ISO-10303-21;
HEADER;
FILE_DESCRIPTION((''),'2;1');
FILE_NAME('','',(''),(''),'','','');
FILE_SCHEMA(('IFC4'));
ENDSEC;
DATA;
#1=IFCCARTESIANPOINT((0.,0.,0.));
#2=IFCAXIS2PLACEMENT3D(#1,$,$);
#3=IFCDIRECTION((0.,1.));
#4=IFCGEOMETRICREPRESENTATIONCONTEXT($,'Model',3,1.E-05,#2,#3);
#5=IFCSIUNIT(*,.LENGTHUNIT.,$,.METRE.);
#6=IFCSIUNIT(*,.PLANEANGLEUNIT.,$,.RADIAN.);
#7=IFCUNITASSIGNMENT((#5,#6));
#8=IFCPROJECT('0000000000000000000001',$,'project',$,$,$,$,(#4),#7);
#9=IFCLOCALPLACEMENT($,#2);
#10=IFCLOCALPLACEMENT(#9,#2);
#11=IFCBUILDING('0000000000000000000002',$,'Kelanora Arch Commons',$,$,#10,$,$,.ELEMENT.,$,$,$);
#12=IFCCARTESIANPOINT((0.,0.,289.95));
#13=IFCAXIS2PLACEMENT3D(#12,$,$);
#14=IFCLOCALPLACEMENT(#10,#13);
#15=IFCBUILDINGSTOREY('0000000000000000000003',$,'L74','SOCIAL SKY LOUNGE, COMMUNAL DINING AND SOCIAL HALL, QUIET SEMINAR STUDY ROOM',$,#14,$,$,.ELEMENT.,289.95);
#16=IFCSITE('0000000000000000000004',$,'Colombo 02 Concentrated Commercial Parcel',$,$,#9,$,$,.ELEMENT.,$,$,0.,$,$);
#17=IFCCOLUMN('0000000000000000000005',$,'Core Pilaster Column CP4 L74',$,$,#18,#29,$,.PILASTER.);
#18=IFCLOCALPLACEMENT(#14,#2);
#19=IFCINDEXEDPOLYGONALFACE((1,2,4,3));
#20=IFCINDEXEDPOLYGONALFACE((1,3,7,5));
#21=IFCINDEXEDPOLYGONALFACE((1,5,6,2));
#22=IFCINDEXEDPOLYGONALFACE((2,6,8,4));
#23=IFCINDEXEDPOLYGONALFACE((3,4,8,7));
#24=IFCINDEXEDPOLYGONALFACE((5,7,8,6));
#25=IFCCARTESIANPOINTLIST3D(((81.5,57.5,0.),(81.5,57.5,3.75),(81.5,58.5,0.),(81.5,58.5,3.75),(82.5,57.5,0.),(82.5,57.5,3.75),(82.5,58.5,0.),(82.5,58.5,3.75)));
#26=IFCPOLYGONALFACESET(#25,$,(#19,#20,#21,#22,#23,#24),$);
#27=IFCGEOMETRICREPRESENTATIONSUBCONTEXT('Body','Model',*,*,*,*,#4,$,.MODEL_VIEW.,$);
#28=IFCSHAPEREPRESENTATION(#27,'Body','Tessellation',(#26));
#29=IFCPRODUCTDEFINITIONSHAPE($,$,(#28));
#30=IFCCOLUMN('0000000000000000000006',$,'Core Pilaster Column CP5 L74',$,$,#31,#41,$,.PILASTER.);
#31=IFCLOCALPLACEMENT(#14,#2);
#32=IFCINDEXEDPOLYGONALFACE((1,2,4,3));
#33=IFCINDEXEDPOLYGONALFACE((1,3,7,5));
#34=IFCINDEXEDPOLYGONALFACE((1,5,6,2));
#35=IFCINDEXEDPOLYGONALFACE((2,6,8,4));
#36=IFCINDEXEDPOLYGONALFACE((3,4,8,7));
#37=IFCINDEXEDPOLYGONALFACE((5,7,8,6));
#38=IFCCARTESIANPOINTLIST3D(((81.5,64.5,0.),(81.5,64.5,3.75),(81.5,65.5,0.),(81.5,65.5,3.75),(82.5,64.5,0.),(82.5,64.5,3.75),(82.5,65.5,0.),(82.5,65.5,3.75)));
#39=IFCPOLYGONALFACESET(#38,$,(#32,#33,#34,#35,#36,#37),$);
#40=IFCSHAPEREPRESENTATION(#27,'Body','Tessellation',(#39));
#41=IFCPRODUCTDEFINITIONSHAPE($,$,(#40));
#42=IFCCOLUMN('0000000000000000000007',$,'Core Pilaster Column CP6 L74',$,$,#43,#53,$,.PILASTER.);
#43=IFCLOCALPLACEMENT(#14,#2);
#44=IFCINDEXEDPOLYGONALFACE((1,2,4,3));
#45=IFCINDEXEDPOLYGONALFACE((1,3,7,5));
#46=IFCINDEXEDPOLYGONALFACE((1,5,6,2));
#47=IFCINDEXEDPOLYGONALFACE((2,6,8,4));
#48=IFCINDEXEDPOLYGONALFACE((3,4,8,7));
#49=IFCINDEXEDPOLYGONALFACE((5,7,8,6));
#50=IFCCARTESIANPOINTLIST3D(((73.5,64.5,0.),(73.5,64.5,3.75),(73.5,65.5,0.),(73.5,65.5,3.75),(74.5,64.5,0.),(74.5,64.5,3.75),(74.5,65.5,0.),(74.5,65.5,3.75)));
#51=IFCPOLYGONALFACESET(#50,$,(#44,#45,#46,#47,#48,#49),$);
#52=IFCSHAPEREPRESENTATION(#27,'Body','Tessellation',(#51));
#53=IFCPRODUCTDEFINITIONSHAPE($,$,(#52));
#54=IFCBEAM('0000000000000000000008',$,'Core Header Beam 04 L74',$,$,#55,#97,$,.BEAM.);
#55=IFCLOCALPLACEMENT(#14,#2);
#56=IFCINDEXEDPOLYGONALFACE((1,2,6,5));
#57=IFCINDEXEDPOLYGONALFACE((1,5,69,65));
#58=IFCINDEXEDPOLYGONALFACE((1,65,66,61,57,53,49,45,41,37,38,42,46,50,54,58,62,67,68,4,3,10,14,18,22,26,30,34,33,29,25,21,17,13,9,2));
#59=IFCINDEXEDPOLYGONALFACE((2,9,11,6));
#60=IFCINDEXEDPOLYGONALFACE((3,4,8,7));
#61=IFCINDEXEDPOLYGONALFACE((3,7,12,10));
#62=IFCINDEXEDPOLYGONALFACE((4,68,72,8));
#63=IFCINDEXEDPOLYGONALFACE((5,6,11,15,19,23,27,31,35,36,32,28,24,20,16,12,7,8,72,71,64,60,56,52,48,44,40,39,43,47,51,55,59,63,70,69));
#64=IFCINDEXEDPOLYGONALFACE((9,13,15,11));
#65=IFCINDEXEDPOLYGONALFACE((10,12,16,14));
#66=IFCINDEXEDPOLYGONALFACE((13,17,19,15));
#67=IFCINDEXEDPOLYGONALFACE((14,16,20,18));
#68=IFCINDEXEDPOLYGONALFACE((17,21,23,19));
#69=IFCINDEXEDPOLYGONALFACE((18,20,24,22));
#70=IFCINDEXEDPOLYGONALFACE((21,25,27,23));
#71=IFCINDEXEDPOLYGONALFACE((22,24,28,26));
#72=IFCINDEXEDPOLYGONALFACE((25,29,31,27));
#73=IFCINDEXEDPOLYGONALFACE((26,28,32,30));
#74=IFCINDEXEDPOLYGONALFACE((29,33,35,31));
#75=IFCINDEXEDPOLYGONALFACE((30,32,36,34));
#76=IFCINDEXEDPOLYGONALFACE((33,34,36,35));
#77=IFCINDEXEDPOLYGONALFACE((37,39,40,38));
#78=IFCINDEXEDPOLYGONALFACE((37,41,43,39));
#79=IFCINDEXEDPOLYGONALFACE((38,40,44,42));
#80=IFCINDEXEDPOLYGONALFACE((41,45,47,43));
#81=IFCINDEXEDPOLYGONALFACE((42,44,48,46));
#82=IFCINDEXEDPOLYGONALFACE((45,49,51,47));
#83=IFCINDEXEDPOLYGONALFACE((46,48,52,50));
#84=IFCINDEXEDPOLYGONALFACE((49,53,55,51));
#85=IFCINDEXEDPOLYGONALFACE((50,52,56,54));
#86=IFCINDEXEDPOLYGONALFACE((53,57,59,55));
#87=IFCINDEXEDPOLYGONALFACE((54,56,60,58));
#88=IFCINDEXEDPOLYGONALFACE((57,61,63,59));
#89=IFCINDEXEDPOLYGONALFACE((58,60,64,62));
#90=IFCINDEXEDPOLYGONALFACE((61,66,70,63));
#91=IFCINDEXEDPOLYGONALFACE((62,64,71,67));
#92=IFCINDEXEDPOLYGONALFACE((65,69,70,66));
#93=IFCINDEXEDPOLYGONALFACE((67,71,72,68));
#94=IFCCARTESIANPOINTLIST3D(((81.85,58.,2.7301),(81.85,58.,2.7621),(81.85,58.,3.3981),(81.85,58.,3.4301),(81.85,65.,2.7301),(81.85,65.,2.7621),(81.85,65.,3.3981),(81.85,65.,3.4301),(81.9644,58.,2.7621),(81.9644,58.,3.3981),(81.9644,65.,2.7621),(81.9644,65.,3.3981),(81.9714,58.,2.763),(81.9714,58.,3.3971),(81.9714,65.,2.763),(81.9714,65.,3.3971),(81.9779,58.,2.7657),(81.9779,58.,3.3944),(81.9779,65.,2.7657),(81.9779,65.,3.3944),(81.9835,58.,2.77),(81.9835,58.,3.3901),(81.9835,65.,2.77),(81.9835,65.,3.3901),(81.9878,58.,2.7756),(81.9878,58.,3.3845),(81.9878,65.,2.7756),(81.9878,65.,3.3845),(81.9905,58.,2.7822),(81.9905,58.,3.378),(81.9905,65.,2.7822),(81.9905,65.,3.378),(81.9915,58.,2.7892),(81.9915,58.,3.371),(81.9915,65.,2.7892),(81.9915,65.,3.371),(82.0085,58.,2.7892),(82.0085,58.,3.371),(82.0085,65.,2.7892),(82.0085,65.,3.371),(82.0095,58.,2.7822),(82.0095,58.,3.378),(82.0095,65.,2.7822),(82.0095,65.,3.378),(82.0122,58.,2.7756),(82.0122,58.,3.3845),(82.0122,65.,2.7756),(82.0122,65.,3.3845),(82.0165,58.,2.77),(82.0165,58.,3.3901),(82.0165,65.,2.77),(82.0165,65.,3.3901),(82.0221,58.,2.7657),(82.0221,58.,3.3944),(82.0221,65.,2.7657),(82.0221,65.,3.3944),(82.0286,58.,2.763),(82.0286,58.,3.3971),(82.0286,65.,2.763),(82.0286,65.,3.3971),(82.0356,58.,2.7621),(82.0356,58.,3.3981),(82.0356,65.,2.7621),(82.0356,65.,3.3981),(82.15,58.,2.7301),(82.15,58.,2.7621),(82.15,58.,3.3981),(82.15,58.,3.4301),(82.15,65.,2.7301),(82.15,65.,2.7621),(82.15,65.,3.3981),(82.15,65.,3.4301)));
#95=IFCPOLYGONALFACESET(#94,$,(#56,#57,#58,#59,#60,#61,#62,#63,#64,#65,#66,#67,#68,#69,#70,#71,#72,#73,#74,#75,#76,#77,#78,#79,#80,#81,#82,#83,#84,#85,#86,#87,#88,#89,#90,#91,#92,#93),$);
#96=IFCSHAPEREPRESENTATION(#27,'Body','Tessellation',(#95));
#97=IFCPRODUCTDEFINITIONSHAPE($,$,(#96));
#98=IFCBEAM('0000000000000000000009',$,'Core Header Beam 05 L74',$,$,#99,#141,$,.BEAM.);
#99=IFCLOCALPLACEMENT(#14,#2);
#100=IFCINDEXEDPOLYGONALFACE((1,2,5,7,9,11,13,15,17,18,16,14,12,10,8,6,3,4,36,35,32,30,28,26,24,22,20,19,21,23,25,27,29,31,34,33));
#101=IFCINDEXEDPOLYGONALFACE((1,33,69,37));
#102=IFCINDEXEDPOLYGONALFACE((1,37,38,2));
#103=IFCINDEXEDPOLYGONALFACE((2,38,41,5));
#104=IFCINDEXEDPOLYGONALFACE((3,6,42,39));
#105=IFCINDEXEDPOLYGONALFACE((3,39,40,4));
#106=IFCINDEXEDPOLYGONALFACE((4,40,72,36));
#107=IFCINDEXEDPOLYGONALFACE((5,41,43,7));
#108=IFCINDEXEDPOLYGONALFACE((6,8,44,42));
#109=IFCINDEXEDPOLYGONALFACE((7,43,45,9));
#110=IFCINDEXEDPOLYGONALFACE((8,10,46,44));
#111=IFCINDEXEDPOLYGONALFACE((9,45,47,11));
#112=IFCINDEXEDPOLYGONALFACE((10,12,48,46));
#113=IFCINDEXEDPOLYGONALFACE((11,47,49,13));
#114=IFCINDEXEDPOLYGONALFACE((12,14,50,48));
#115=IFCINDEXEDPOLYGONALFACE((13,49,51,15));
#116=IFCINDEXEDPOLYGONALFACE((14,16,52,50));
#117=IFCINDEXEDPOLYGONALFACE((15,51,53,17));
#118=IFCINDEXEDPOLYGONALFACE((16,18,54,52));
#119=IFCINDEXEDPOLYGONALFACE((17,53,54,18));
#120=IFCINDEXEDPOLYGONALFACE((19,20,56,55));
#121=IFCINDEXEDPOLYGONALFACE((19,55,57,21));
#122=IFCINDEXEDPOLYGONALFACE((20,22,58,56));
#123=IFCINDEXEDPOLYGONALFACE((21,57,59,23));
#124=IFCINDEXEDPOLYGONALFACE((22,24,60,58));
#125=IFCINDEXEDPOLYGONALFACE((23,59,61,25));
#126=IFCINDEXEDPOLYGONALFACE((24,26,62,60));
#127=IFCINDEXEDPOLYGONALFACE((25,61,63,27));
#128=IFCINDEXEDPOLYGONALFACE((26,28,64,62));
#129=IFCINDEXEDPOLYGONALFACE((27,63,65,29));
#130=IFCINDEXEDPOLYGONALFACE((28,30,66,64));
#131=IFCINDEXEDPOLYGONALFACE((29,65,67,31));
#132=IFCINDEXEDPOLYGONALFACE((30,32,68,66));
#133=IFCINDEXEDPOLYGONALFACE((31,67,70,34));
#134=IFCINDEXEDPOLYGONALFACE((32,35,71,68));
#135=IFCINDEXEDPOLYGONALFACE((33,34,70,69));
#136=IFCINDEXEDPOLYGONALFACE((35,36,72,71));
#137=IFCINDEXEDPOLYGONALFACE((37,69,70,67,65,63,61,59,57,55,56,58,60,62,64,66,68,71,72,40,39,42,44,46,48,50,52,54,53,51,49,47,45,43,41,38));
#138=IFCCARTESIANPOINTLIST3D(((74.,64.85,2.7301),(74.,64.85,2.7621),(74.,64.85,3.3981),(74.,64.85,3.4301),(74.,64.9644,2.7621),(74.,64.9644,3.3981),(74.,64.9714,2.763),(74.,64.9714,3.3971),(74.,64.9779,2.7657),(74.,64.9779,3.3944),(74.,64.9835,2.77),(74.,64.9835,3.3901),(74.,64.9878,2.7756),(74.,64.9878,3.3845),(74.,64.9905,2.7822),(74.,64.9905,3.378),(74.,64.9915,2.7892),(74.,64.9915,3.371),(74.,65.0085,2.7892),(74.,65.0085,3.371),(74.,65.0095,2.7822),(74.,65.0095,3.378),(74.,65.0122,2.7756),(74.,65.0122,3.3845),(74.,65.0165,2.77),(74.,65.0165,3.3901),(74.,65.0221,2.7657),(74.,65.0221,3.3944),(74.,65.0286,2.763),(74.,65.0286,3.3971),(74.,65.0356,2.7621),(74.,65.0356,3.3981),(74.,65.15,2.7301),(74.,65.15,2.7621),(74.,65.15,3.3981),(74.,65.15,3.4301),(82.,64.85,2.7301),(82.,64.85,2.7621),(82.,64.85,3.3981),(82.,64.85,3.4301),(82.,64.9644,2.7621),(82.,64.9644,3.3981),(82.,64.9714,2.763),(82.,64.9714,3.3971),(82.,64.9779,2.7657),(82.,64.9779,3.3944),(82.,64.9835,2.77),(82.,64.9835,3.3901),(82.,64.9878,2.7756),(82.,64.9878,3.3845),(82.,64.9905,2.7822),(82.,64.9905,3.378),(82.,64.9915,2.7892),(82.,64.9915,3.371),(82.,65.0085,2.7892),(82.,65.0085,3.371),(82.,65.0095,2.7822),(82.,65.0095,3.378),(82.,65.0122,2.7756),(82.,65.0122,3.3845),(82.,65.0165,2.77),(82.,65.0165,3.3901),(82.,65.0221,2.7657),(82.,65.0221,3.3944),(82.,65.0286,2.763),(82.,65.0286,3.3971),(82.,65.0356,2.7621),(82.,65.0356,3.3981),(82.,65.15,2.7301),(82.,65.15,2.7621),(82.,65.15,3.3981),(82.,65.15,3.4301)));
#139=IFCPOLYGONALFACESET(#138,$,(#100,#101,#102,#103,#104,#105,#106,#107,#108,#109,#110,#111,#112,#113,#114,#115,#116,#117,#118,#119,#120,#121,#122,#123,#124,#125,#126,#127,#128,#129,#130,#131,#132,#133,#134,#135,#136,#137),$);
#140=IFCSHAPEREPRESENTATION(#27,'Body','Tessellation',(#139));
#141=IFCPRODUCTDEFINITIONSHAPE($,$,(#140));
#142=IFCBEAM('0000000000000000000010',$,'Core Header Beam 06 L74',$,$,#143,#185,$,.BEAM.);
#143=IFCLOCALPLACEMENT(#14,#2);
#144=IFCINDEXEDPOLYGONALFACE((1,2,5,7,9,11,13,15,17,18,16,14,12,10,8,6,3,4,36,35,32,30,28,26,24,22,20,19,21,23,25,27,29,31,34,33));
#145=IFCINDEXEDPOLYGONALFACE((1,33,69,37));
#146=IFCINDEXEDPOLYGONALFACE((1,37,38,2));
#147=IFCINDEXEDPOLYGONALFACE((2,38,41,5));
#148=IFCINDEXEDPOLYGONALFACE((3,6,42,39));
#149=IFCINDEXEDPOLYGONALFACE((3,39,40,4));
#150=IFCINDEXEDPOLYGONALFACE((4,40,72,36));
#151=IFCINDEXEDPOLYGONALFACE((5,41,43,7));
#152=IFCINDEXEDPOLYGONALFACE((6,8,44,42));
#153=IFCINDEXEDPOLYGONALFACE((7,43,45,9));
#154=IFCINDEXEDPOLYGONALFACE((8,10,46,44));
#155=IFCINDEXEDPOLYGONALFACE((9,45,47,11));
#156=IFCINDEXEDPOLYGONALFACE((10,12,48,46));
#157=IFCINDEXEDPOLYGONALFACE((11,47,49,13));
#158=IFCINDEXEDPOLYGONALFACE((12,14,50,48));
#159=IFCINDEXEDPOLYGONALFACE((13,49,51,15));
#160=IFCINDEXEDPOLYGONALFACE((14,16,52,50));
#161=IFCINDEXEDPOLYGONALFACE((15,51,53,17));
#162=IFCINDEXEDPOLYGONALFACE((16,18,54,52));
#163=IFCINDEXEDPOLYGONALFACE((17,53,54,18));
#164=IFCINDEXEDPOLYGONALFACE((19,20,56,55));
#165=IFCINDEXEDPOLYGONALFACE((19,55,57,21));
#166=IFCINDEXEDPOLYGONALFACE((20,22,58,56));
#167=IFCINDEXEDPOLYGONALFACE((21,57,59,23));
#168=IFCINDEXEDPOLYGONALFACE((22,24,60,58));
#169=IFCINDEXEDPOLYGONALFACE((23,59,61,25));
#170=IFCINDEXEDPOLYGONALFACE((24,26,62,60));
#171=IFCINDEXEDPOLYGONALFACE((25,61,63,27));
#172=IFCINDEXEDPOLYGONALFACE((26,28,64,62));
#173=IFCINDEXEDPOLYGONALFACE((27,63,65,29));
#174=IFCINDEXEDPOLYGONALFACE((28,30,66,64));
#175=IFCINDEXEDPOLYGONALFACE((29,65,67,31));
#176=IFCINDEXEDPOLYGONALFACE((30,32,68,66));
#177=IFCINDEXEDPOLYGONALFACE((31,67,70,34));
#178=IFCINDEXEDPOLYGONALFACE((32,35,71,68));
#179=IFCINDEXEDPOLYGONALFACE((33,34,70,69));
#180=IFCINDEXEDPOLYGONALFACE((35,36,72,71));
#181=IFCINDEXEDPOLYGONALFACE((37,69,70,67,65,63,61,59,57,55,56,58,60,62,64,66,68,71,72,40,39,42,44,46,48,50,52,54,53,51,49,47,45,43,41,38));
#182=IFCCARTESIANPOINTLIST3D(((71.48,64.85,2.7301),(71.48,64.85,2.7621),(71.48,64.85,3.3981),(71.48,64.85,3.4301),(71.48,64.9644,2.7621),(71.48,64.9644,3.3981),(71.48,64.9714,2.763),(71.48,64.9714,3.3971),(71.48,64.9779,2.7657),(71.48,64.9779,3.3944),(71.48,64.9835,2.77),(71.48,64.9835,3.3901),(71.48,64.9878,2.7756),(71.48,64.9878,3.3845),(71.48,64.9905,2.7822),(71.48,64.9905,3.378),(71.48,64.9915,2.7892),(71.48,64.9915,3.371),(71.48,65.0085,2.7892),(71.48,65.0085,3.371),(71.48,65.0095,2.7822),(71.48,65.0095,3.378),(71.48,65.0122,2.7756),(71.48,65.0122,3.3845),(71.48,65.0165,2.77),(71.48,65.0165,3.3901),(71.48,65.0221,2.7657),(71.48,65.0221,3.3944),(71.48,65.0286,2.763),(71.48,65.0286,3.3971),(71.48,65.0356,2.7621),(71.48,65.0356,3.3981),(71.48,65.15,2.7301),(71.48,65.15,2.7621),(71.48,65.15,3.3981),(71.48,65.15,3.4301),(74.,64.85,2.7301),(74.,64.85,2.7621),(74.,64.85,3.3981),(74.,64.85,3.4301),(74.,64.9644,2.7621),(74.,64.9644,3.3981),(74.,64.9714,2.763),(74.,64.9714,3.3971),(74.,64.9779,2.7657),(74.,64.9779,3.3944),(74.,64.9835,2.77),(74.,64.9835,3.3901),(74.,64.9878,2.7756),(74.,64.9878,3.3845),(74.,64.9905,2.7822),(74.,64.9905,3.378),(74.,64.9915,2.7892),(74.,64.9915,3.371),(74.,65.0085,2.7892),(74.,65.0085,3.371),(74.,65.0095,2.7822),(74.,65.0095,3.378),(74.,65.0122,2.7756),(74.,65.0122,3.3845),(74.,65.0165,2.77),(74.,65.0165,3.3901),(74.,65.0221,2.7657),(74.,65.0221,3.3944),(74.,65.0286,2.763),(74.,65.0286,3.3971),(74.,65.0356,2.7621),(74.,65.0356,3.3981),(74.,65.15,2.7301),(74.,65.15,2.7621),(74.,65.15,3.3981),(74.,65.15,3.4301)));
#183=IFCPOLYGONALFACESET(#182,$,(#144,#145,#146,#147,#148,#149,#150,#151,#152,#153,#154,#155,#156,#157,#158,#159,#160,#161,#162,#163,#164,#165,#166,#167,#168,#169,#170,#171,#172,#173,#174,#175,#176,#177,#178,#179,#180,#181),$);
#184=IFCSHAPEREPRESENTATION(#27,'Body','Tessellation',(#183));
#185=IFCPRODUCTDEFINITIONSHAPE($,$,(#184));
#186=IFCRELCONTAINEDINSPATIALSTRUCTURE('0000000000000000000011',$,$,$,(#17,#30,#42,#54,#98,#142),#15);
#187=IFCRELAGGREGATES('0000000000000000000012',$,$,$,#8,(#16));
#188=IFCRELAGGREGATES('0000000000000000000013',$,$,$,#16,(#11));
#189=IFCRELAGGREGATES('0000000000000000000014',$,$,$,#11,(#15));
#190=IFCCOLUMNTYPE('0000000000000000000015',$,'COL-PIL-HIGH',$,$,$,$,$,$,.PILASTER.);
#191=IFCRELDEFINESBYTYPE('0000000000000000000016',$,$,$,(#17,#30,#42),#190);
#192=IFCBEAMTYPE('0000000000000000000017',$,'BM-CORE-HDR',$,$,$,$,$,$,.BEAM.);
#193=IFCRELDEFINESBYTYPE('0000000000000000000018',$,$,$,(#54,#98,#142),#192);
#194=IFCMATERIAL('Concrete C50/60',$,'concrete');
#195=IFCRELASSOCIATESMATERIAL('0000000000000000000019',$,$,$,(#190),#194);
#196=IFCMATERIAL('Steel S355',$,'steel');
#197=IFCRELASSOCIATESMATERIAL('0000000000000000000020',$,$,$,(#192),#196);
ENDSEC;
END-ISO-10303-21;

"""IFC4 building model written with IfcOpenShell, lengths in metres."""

from ifc_helpers import new_model, si_unit, direction, frame, origin, origin_2d, place, context, subcontext, project, spatial, rectangle, i_section, extrude, material, material_profile, profile_set, type_object, element, save


model = new_model("IFC4")

# Units and contexts
model_context = context("Model", 3, precision=1e-05, world=origin(), true_north=direction((0.0, 1.0)))
body_context = subcontext(model_context, "Body", "Model", "MODEL_VIEW")
ifc_project = project(units=[si_unit("LENGTHUNIT", "METRE"), si_unit("PLANEANGLEUNIT", "RADIAN")], contexts=[model_context])

# Site, building, storey
site_placement = place(None, origin())
site = spatial("IfcSite", under=ifc_project, at=site_placement, Name="Colombo 02 Concentrated Commercial Parcel", CompositionType="ELEMENT", RefElevation=0.0)
building_placement = place(site_placement, origin())
building = spatial("IfcBuilding", under=site, at=building_placement, Name="Kelanora Arch Commons", CompositionType="ELEMENT")
storey_placement = place(building_placement, frame((0.0, 0.0, 289.95)))
storey = spatial("IfcBuildingStorey", under=building, at=storey_placement, Name="L74", Description="SOCIAL SKY LOUNGE, COMMUNAL DINING AND SOCIAL HALL, QUIET SEMINAR STUDY ROOM", CompositionType="ELEMENT", Elevation=289.95)

# Columns
ifc_material_1 = material(Name="Concrete C50/60", Category="concrete")
ifc_material_profile_1 = material_profile(ifc_material_1, rectangle(XDim=1.0, YDim=1.0, at=origin_2d()), Name="RC1000x1000")
ifc_profile_set_1 = profile_set([ifc_material_profile_1], Name="Concrete C50/60")
column_type = type_object("IfcColumnType", Name="COL-PIL-HIGH", PredefinedType="PILASTER", material=ifc_profile_set_1)
for number, where, z_axis, x_axis, name in (
    (1, (82.0, 58.0, 0.0), (0.0, 0.0, 1.0), (1.0, 0.0, 0.0), "Core Pilaster Column CP4 L74"),
    (2, (82.0, 65.0, 0.0), (0.0, 0.0, 1.0), (1.0, 0.0, 0.0), "Core Pilaster Column CP5 L74"),
    (3, (74.0, 65.0, 0.0), (0.0, 0.0, 1.0), (1.0, 0.0, 0.0), "Core Pilaster Column CP6 L74"),
):
    element("IfcColumn", number, at=place(storey_placement, frame(where, z_axis=z_axis, x_axis=x_axis)), inside=storey, type_object=column_type, Name=name, PredefinedType="PILASTER", context=body_context, shape_type="SweptSolid", body=[
        extrude(rectangle(XDim=1.0, YDim=1.0, at=origin_2d()), origin(), (0.0, 0.0, 1.0), 3.75),
    ])

# Beams
ifc_material_2 = material(Name="Steel S355", Category="steel")
ifc_material_profile_2 = material_profile(ifc_material_2, i_section(OverallWidth=0.3, OverallDepth=0.7, WebThickness=0.0171, FlangeThickness=0.032, FilletRadius=0.0271, at=origin_2d()), Name="HEB700")
ifc_profile_set_2 = profile_set([ifc_material_profile_2], Name="Steel S355")
beam_type_1 = type_object("IfcBeamType", Name="BM-CORE-HDR", PredefinedType="BEAM", material=ifc_profile_set_2)
beam_1_placement = place(storey_placement, frame((82.0, 58.0, 3.0801), z_axis=(0.0, 1.0, 0.0), x_axis=(-1.0, 0.0, 0.0)))
element("IfcBeam", 4, at=beam_1_placement, inside=storey, type_object=beam_type_1, Name="Core Header Beam 04 L74", PredefinedType="BEAM", context=body_context, shape_type="SweptSolid", body=[
    extrude(i_section(OverallWidth=0.3, OverallDepth=0.7, WebThickness=0.0171, FlangeThickness=0.032, FilletRadius=0.0271, at=origin_2d()), origin(), (0.0, 0.0, 1.0), 7.0),
])
beam_2_placement = place(storey_placement, frame((82.0, 65.0, 3.0801), z_axis=(-1.0, 0.0, 0.0), x_axis=(0.0, -1.0, 0.0)))
element("IfcBeam", 5, at=beam_2_placement, inside=storey, type_object=beam_type_1, Name="Core Header Beam 05 L74", PredefinedType="BEAM", context=body_context, shape_type="SweptSolid", body=[
    extrude(i_section(OverallWidth=0.3, OverallDepth=0.7, WebThickness=0.0171, FlangeThickness=0.032, FilletRadius=0.0271, at=origin_2d()), origin(), (0.0, 0.0, 1.0), 8.0),
])
beam_3_placement = place(storey_placement, frame((74.0, 65.0, 3.0801), z_axis=(-1.0, 0.0, 0.0), x_axis=(0.0, -1.0, 0.0)))
element("IfcBeam", 6, at=beam_3_placement, inside=storey, type_object=beam_type_1, Name="Core Header Beam 06 L74", PredefinedType="BEAM", context=body_context, shape_type="SweptSolid", body=[
    extrude(i_section(OverallWidth=0.3, OverallDepth=0.7, WebThickness=0.0171, FlangeThickness=0.032, FilletRadius=0.0271, at=origin_2d()), origin(), (0.0, 0.0, 1.0), 2.52),
])

save(model, "model.ifc")
